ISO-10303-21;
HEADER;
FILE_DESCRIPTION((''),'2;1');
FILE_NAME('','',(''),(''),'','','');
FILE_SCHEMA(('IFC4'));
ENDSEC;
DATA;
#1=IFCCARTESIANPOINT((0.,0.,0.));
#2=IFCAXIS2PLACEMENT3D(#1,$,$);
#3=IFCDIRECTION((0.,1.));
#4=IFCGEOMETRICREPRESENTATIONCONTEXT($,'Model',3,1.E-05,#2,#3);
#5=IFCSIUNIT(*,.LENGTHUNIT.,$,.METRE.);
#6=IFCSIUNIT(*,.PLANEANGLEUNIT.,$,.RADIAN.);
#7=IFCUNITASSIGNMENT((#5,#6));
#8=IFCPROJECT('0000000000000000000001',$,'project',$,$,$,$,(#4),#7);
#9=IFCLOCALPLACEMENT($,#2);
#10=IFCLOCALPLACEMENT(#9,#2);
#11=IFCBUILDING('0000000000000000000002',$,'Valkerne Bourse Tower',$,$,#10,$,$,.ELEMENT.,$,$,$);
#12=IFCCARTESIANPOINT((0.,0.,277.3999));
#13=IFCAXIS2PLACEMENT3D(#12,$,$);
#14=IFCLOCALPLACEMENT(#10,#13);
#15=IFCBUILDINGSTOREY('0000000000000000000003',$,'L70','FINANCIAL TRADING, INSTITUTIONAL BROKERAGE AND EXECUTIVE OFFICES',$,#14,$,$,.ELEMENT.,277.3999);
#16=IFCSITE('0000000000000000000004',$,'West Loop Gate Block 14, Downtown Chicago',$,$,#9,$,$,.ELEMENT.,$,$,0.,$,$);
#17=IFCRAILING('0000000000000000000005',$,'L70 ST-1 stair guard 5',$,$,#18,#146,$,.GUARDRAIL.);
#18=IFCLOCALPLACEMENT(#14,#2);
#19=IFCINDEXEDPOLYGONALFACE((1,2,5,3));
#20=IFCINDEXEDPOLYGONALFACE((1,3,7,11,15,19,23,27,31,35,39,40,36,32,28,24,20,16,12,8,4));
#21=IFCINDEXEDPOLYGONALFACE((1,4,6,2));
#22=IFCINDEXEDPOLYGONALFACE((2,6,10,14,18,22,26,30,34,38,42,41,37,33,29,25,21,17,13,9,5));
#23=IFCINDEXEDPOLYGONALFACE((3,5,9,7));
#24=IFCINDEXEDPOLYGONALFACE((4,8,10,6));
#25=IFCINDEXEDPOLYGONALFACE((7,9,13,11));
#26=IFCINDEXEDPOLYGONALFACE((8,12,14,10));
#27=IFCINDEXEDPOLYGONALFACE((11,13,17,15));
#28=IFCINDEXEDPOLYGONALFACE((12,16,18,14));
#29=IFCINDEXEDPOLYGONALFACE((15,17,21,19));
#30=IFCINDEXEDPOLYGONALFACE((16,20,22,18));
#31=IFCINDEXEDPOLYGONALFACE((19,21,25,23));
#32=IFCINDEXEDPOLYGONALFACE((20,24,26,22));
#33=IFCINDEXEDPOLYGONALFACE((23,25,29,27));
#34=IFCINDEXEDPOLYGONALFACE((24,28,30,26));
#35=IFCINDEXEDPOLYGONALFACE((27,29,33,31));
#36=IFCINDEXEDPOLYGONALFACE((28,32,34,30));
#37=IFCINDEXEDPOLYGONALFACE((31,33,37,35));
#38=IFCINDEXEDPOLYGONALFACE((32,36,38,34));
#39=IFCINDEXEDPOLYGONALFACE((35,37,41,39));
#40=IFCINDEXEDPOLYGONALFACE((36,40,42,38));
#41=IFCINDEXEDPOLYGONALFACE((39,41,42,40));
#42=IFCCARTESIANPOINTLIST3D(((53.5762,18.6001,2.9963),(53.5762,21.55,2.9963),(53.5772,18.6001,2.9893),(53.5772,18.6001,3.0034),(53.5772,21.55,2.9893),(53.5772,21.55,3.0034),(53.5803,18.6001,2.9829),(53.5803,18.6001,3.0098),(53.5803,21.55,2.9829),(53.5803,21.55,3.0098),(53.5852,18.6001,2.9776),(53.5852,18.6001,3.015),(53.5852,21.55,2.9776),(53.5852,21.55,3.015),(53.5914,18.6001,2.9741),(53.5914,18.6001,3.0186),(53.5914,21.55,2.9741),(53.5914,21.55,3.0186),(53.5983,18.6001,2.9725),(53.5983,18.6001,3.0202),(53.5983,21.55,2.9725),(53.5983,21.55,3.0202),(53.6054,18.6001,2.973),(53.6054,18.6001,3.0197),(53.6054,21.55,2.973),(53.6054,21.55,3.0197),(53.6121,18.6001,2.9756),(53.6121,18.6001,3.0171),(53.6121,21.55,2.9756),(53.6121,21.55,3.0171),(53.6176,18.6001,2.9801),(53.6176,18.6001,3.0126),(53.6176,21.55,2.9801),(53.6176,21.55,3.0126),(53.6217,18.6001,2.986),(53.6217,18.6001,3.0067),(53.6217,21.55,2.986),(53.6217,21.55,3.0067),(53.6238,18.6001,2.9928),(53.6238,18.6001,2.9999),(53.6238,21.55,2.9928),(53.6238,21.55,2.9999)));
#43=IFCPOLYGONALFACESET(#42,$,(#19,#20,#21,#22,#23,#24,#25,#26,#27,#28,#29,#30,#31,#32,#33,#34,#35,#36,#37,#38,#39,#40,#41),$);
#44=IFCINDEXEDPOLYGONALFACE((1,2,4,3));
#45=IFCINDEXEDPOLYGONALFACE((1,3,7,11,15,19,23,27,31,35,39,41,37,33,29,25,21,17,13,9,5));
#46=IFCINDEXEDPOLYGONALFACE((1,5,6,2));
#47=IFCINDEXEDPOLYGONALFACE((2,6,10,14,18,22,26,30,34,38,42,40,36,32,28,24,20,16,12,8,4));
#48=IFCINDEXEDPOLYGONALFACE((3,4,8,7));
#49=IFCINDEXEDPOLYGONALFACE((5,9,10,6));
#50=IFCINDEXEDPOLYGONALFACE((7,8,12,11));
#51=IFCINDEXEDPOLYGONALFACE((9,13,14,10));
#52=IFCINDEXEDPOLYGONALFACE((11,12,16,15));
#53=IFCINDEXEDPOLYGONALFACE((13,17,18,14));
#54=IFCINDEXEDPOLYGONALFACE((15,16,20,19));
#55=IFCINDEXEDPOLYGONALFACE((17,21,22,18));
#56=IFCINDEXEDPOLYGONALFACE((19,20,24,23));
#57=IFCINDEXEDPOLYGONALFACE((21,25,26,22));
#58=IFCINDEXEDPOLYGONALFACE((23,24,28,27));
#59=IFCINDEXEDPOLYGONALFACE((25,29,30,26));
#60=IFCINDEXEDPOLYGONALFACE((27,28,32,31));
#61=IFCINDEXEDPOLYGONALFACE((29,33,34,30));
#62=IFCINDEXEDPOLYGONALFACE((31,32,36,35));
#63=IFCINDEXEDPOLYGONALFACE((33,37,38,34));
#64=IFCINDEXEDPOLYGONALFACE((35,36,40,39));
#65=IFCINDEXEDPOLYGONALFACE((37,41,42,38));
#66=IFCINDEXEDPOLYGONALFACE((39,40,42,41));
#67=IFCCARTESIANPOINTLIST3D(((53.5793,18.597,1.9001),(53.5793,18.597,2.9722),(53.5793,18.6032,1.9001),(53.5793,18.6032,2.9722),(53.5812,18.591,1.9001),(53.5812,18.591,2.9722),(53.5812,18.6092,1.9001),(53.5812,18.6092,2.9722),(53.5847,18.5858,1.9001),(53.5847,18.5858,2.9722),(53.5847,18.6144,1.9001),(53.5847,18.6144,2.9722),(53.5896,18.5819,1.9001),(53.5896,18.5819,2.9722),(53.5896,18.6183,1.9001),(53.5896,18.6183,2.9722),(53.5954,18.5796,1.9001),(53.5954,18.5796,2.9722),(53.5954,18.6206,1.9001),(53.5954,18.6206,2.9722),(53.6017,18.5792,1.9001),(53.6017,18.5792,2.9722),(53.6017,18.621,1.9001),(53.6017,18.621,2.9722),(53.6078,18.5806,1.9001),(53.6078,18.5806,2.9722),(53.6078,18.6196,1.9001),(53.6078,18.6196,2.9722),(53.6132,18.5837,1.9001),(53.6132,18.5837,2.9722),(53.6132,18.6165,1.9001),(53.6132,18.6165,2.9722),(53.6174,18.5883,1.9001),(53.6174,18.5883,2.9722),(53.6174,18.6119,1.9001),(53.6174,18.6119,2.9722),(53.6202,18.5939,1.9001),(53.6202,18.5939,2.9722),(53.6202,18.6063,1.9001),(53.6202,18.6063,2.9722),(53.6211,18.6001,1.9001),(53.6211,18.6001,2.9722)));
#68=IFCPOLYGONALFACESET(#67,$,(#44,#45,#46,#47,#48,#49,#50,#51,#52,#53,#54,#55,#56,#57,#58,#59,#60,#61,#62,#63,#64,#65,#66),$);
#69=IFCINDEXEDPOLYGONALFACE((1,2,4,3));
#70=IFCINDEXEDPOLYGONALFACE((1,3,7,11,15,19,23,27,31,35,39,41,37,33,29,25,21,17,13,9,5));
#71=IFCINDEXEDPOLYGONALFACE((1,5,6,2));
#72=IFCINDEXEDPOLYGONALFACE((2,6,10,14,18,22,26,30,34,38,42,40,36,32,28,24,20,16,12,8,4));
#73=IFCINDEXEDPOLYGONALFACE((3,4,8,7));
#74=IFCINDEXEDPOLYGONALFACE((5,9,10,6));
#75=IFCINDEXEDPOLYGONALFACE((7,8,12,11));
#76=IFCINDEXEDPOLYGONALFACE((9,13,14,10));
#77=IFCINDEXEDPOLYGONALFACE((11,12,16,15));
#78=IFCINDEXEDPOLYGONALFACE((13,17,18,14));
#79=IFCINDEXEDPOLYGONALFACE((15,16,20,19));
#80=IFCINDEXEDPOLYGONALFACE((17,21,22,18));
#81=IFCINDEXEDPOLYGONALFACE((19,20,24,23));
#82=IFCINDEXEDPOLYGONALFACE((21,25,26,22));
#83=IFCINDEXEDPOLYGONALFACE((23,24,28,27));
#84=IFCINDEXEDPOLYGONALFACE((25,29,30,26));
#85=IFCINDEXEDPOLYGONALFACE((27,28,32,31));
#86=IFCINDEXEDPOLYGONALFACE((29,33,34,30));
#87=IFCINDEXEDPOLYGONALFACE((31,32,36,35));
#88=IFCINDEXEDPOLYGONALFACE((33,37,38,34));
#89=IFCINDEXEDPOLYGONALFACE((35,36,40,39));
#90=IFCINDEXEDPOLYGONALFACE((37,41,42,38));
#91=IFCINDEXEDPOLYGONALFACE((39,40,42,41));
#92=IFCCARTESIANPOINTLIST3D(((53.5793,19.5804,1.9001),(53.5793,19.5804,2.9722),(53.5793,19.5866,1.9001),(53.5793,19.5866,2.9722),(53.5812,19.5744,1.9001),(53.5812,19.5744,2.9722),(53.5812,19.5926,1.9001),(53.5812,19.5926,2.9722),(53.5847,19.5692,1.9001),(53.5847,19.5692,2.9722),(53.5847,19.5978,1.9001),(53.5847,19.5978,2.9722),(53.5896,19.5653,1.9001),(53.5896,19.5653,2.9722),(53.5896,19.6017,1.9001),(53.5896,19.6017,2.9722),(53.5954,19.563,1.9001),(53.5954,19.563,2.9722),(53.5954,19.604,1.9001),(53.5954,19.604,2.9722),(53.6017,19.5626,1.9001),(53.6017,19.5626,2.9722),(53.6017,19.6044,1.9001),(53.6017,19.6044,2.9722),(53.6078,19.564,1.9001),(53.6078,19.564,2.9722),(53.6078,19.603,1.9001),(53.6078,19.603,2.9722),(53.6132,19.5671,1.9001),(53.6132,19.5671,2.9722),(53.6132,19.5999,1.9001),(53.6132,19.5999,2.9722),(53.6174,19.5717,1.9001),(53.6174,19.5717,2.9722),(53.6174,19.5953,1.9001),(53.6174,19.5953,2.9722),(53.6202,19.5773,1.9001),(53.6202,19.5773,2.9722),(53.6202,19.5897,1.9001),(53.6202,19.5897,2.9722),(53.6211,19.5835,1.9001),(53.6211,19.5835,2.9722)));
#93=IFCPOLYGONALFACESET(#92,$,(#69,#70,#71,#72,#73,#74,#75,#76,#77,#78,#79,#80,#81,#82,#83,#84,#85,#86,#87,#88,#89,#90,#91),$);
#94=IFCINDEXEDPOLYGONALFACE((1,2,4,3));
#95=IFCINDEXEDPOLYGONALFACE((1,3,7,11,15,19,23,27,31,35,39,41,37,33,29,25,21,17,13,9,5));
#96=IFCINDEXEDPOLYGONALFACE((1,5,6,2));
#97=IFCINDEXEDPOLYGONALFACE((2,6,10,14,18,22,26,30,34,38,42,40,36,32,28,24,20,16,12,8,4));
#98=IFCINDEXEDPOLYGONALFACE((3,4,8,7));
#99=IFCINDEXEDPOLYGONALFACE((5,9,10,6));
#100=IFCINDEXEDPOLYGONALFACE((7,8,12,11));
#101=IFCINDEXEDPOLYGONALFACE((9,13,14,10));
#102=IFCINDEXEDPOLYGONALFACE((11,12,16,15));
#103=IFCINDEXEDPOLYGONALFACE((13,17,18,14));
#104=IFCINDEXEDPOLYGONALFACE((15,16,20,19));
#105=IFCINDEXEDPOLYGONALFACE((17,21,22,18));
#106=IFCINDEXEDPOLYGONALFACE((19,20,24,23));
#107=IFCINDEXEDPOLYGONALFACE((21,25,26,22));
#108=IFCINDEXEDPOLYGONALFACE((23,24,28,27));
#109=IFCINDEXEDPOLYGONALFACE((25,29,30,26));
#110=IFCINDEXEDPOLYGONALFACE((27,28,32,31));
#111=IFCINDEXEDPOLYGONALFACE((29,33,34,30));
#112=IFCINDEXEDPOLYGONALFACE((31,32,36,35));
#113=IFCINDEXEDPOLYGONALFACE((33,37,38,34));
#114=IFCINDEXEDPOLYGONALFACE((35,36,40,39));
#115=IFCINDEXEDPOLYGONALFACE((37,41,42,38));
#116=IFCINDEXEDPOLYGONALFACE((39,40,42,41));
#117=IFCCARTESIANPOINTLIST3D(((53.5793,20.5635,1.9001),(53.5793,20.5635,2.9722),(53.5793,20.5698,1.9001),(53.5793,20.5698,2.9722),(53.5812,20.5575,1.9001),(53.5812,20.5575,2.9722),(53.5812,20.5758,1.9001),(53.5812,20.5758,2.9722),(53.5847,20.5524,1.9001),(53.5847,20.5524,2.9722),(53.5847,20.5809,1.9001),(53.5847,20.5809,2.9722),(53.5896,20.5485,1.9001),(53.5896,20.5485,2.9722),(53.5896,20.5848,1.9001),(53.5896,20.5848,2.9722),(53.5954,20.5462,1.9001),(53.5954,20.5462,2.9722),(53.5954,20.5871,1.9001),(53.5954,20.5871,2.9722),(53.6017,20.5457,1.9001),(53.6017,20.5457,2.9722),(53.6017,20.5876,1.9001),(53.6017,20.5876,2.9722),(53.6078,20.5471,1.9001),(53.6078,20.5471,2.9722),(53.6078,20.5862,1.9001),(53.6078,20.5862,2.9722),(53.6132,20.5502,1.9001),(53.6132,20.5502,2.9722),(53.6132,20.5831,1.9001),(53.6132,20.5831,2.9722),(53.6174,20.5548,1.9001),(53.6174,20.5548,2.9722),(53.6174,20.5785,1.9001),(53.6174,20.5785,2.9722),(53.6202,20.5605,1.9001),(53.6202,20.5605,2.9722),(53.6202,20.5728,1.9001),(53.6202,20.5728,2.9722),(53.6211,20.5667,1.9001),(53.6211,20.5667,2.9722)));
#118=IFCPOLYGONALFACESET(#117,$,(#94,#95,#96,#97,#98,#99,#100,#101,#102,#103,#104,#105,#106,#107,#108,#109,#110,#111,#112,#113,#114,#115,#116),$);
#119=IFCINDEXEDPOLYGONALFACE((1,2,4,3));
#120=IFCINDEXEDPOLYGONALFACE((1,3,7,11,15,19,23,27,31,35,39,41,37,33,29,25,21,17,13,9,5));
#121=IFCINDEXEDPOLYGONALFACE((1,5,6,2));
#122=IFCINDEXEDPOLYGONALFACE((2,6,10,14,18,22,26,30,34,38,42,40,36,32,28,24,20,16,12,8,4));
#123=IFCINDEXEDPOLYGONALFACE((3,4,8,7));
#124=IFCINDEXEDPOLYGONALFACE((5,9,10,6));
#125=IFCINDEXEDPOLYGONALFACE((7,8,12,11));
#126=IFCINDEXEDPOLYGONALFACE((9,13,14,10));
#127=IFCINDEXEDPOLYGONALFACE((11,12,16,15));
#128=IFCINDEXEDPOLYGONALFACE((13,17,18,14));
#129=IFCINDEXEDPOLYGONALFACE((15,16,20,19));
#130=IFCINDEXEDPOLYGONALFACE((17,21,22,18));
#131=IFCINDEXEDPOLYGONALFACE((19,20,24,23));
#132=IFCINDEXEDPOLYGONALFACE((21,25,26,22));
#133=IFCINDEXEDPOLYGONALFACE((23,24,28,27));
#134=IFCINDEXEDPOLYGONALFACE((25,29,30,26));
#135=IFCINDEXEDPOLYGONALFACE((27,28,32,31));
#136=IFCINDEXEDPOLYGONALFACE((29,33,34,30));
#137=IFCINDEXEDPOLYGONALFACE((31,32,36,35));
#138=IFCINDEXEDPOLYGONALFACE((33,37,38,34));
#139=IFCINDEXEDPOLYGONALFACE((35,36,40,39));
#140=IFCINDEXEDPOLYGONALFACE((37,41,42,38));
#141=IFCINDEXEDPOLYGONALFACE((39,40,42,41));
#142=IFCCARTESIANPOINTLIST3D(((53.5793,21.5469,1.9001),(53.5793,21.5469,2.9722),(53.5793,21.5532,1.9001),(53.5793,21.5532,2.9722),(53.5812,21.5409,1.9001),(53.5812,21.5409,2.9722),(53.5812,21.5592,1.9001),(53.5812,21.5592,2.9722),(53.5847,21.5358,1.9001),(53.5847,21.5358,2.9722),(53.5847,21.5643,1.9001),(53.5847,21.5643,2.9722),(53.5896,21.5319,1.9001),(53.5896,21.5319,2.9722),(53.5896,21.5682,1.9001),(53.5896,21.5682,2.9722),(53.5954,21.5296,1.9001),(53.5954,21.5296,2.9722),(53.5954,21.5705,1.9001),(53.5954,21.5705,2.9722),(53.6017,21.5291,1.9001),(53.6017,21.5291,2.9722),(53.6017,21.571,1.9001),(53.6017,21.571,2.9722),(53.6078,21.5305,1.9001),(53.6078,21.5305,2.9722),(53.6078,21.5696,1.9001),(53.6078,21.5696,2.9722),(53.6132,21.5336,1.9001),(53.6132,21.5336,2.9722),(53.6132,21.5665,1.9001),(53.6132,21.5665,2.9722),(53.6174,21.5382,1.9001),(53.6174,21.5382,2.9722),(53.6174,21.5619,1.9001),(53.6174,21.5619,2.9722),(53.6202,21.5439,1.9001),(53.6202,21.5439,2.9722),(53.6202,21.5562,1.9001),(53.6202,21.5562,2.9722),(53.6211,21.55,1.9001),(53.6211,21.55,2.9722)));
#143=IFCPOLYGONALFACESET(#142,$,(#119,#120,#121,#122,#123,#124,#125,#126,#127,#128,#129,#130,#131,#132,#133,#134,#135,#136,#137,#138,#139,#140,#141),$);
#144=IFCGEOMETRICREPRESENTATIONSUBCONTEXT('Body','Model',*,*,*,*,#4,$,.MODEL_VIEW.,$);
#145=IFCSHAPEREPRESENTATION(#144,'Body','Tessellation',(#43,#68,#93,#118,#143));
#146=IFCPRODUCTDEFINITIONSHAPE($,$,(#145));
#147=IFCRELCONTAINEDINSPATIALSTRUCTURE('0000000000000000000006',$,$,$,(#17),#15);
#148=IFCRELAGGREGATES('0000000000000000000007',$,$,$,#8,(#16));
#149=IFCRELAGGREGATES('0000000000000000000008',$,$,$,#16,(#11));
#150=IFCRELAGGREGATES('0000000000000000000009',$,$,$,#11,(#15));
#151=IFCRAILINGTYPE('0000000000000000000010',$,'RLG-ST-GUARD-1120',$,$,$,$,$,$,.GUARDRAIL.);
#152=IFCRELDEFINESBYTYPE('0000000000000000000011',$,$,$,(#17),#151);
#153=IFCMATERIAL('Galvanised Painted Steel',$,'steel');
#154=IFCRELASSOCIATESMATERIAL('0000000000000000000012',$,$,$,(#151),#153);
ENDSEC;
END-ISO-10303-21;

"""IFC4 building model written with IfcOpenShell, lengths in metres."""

from ifc_helpers import new_model, si_unit, direction, frame, origin, origin_2d, place, context, subcontext, project, spatial, circle, extrude, material, type_object, element, save


model = new_model("IFC4")

# Units and contexts
model_context = context("Model", 3, precision=1e-05, world=origin(), true_north=direction((0.0, 1.0)))
body_context = subcontext(model_context, "Body", "Model", "MODEL_VIEW")
ifc_project = project(units=[si_unit("LENGTHUNIT", "METRE"), si_unit("PLANEANGLEUNIT", "RADIAN")], contexts=[model_context])

# Site, building, storey
site_placement = place(None, origin())
site = spatial("IfcSite", under=ifc_project, at=site_placement, Name="West Loop Gate Block 14, Downtown Chicago", CompositionType="ELEMENT", RefElevation=0.0)
building_placement = place(site_placement, origin())
building = spatial("IfcBuilding", under=site, at=building_placement, Name="Valkerne Bourse Tower", CompositionType="ELEMENT")
storey_placement = place(building_placement, frame((0.0, 0.0, 277.3999)))
storey = spatial("IfcBuildingStorey", under=building, at=storey_placement, Name="L70", Description="FINANCIAL TRADING, INSTITUTIONAL BROKERAGE AND EXECUTIVE OFFICES", CompositionType="ELEMENT", Elevation=277.3999)

# Railing
ifc_material_1 = material(Name="Galvanised Painted Steel", Category="steel")
railing_type = type_object("IfcRailingType", Name="RLG-ST-GUARD-1120", PredefinedType="GUARDRAIL", material=ifc_material_1)
railing_1_placement = place(storey_placement, frame((53.6001, 18.6001, 1.9001)))
element("IfcRailing", 1, at=railing_1_placement, inside=storey, type_object=railing_type, Name="L70 ST-1 stair guard 5", PredefinedType="GUARDRAIL", context=body_context, shape_type="SweptSolid", body=[
    extrude(circle(Radius=0.0239, at=origin_2d()), frame((0.0, 0.0, 1.0962), z_axis=(0.0, 1.0, 0.0), x_axis=(-1.0, 0.0, 0.0)), (0.0, 0.0, 1.0), 2.95),
    extrude(circle(Radius=0.021, at=origin_2d()), origin(), (0.0, 0.0, 1.0), 1.072),
    extrude(circle(Radius=0.021, at=origin_2d()), frame((0.0, 0.9834, 0.0)), (0.0, 0.0, 1.0), 1.072),
    extrude(circle(Radius=0.021, at=origin_2d()), frame((0.0, 1.9666, 0.0)), (0.0, 0.0, 1.0), 1.072),
    extrude(circle(Radius=0.021, at=origin_2d()), frame((0.0, 2.95, 0.0)), (0.0, 0.0, 1.0), 1.072),
])

save(model, "model.ifc")
